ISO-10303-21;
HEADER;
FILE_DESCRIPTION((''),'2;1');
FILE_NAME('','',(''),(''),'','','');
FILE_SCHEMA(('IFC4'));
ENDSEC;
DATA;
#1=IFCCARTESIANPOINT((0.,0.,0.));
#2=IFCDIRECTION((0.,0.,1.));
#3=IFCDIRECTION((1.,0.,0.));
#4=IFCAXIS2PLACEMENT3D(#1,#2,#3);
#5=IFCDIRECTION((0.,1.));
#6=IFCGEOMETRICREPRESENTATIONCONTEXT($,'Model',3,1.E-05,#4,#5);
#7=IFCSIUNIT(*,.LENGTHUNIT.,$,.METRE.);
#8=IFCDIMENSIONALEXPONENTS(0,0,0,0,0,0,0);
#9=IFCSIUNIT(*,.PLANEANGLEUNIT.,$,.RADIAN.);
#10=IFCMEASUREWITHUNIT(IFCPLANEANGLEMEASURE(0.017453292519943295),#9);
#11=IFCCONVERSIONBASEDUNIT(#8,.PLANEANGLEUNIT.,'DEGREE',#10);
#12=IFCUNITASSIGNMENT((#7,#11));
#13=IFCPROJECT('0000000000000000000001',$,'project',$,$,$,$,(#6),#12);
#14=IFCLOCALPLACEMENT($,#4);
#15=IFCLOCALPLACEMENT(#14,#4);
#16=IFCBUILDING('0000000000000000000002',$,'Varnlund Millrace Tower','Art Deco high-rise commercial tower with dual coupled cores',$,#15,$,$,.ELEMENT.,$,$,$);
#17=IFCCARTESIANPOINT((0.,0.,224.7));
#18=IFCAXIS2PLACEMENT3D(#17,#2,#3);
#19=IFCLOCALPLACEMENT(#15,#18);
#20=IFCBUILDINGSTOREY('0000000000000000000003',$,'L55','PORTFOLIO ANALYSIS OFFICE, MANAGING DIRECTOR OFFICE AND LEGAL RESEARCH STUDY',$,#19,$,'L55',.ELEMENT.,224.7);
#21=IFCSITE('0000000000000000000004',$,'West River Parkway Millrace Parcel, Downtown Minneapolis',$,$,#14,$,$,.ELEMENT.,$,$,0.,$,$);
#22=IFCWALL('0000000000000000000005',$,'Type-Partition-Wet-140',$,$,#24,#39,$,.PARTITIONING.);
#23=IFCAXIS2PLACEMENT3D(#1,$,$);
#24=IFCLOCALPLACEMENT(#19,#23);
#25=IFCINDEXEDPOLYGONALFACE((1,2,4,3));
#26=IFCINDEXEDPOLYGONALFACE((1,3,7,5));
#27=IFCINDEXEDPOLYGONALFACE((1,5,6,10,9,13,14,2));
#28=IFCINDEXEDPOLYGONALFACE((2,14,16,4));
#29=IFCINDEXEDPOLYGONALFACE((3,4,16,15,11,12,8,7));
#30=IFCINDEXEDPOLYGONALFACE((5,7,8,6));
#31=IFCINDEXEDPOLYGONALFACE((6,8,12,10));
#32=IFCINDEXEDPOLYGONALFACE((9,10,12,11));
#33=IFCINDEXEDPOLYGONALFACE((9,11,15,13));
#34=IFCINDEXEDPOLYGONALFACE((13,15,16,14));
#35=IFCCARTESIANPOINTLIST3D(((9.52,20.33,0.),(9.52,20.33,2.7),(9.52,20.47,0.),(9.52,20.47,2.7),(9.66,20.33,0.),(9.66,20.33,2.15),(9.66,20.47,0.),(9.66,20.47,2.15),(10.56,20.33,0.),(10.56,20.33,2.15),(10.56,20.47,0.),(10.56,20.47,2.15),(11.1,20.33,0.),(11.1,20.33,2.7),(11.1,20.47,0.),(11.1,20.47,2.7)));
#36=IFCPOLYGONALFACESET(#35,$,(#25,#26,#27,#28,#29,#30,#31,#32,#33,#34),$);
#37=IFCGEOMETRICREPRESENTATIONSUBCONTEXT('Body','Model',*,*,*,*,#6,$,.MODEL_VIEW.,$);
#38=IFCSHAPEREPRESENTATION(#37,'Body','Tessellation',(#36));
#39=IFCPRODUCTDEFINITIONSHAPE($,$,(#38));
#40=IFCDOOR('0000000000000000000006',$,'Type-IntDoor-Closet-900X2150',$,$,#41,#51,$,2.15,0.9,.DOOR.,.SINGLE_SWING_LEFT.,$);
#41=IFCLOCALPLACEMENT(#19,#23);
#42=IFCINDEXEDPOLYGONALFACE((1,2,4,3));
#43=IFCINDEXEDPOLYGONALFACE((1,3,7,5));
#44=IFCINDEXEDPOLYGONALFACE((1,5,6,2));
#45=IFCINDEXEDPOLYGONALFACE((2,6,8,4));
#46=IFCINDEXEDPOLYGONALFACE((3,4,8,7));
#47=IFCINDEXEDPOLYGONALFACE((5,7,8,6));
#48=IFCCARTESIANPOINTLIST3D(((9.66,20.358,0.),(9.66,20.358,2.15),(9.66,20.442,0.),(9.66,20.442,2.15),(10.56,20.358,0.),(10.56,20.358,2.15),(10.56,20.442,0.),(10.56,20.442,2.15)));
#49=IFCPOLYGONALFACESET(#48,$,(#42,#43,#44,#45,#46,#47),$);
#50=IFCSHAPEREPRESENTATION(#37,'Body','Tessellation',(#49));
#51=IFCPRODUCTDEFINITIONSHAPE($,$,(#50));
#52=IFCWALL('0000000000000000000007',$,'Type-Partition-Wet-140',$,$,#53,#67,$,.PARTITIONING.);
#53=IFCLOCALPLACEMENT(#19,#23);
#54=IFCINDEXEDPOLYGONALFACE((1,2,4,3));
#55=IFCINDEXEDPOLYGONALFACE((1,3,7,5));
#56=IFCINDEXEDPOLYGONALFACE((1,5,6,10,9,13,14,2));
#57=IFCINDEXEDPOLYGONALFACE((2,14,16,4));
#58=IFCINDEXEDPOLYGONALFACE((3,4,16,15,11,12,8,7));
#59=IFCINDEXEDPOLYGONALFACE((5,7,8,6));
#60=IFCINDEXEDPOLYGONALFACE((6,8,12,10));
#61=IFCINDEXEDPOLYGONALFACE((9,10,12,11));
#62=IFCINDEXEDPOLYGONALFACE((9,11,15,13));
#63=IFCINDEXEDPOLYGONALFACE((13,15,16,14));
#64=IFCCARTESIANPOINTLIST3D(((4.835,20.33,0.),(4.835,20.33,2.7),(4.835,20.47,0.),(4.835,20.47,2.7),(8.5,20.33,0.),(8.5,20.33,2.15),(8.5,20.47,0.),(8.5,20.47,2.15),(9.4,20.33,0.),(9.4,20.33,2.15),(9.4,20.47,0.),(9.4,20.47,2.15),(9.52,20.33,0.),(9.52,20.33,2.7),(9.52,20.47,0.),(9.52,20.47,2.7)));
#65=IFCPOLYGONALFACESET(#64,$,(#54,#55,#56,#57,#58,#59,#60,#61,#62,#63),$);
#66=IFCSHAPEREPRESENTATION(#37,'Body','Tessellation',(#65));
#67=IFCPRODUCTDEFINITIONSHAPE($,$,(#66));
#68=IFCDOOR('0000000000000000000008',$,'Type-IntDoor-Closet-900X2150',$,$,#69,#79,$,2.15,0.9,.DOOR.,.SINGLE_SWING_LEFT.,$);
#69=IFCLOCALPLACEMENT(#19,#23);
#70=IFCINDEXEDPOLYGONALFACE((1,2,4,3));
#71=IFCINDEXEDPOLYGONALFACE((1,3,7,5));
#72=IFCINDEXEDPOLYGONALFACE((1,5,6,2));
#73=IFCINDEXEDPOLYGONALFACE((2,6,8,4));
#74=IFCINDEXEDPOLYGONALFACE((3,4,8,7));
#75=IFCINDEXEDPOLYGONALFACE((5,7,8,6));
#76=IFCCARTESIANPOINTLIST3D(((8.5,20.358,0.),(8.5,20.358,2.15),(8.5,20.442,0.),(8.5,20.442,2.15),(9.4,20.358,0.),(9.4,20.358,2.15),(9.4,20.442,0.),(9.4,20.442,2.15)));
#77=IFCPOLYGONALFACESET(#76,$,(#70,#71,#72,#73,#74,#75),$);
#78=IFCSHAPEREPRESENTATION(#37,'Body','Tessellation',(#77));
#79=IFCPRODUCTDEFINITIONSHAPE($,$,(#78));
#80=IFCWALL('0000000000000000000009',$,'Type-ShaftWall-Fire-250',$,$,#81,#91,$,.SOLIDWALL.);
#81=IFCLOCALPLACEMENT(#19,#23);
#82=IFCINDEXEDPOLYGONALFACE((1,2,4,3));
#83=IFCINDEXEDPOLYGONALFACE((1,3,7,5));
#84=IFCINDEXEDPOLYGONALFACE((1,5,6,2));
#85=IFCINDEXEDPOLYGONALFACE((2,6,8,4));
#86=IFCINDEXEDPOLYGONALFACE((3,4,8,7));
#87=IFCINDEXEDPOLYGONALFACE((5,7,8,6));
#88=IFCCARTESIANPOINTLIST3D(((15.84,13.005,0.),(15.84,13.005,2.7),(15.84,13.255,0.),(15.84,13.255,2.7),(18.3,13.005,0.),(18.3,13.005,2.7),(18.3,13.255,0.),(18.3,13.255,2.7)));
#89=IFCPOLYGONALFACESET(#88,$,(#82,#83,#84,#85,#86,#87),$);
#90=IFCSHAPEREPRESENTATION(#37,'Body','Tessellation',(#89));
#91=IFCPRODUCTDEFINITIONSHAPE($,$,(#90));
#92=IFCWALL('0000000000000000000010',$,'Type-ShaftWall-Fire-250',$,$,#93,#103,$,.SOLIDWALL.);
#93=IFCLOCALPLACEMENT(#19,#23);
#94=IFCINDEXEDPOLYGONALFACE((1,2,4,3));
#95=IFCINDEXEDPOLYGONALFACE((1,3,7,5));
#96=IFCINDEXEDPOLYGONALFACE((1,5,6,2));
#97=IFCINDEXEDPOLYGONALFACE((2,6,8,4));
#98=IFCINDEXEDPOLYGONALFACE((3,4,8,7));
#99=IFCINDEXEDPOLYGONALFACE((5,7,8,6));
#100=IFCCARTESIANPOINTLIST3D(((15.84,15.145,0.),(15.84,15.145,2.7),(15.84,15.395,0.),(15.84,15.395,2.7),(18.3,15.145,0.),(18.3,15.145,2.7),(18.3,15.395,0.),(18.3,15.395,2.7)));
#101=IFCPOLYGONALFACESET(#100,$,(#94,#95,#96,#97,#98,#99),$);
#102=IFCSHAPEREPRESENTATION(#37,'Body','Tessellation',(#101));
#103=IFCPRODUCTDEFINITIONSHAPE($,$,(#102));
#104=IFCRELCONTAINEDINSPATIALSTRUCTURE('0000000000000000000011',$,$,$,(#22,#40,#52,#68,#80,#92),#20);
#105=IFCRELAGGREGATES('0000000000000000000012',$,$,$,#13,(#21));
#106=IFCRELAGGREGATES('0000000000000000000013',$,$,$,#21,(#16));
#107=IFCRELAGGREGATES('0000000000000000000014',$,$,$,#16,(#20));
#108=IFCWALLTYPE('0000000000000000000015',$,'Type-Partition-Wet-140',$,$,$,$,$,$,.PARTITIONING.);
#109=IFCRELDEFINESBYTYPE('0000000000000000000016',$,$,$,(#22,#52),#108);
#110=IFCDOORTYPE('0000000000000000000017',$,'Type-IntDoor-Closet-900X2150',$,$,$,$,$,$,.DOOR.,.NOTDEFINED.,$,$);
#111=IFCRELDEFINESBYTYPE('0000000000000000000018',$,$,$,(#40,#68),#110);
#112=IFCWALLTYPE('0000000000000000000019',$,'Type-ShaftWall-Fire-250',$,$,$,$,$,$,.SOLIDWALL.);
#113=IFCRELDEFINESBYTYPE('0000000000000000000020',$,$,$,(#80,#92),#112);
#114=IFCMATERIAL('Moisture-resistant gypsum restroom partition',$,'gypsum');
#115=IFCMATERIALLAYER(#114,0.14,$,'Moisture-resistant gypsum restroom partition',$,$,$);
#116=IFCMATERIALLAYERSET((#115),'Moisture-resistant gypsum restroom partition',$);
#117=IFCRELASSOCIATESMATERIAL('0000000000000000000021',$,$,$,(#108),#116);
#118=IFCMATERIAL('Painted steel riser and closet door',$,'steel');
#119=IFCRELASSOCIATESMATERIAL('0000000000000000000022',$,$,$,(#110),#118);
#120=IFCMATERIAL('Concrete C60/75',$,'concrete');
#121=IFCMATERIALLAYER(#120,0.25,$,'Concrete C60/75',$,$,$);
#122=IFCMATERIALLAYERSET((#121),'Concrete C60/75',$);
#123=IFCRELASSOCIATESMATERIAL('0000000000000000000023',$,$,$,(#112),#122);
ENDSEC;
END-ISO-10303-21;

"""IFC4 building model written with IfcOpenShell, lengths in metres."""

from ifc_helpers import new_model, entity, si_unit, converted_unit, direction, frame, origin_with_axes, origin_2d_with_axis, place, context, subcontext, project, spatial, polyline, rectangle, outline, extrude, material, layer, layer_set, type_object, element, fill, save


model = new_model("IFC4")

# Units and contexts
model_context = context("Model", 3, precision=1e-05, world=origin_with_axes(), true_north=direction((0.0, 1.0)))
body_context = subcontext(model_context, "Body", "Model", "MODEL_VIEW")
ifc_project = project(units=[si_unit("LENGTHUNIT", "METRE"), converted_unit("PLANEANGLEUNIT", "DEGREE", entity("IfcPlaneAngleMeasure", 0.017453292519943295), si_unit("PLANEANGLEUNIT", "RADIAN"), dimensions=[0, 0, 0, 0, 0, 0, 0])], contexts=[model_context])

# Site, building, storey
site_placement = place(None, origin_with_axes())
site = spatial("IfcSite", under=ifc_project, at=site_placement, Name="West River Parkway Millrace Parcel, Downtown Minneapolis", CompositionType="ELEMENT", RefElevation=0.0)
building_placement = place(site_placement, origin_with_axes())
building = spatial("IfcBuilding", under=site, at=building_placement, Name="Varnlund Millrace Tower", Description="Art Deco high-rise commercial tower with dual coupled cores", CompositionType="ELEMENT")
storey_placement = place(building_placement, frame((0.0, 0.0, 224.7), z_axis=(0.0, 0.0, 1.0), x_axis=(1.0, 0.0, 0.0)))
storey = spatial("IfcBuildingStorey", under=building, at=storey_placement, Name="L55", Description="PORTFOLIO ANALYSIS OFFICE, MANAGING DIRECTOR OFFICE AND LEGAL RESEARCH STUDY", LongName="L55", CompositionType="ELEMENT", Elevation=224.7)

# Shared definitions
ifc_material_1 = material(Name="Moisture-resistant gypsum restroom partition", Category="gypsum")
ifc_layer_1 = layer(ifc_material_1, 0.14, Name="Moisture-resistant gypsum restroom partition")
ifc_layer_set_1 = layer_set([ifc_layer_1], Name="Moisture-resistant gypsum restroom partition")
wall_type_1 = type_object("IfcWallType", Name="Type-Partition-Wet-140", PredefinedType="PARTITIONING", material=ifc_layer_set_1)

# Walls, openings, doors
wall_1_placement = place(storey_placement, frame((9.52, 20.4, 0.0), z_axis=(0.0, 0.0, 1.0), x_axis=(1.0, 0.0, 0.0)))
wall_1 = element("IfcWall", 1, at=wall_1_placement, inside=storey, type_object=wall_type_1, Name="Type-Partition-Wet-140", PredefinedType="PARTITIONING", context=body_context, shape_type="SweptSolid", body=[
    extrude(outline(polyline([(0.0, -0.07), (1.58, -0.07), (1.58, 0.07), (0.0, 0.07), (0.0, -0.07)])), origin_with_axes(), (0.0, 0.0, 1.0), 2.7),
])
opening_1_placement = place(wall_1_placement, frame((0.59, 0.0, 0.0), z_axis=(0.0, 0.0, 1.0), x_axis=(1.0, 0.0, 0.0)))
opening_1 = element("IfcOpeningElement", 2, at=opening_1_placement, cuts=wall_1, PredefinedType="OPENING", context=body_context, shape_type="SweptSolid", body=[
    extrude(rectangle(XDim=0.9, YDim=0.16, at=origin_2d_with_axis()), origin_with_axes(), (0.0, 0.0, 1.0), 2.15),
])
ifc_material_2 = material(Name="Painted steel riser and closet door", Category="steel")
door_type_1 = type_object("IfcDoorType", Name="Type-IntDoor-Closet-900X2150", OperationType="NOTDEFINED", PredefinedType="DOOR", material=ifc_material_2)
door_1_placement = place(wall_1_placement, frame((0.59, 0.0, 0.0), z_axis=(0.0, 0.0, 1.0), x_axis=(1.0, 0.0, 0.0)))
door_1 = element("IfcDoor", 3, at=door_1_placement, inside=storey, type_object=door_type_1, Name="Type-IntDoor-Closet-900X2150", OperationType="SINGLE_SWING_LEFT", OverallHeight=2.15, OverallWidth=0.9, PredefinedType="DOOR", context=body_context, shape_type="SweptSolid", body=[
    extrude(rectangle(XDim=0.9, YDim=0.084, at=origin_2d_with_axis()), origin_with_axes(), (0.0, 0.0, 1.0), 2.15),
])
fill(opening_1, door_1)
wall_2_placement = place(storey_placement, frame((4.835, 20.4, 0.0), z_axis=(0.0, 0.0, 1.0), x_axis=(1.0, 0.0, 0.0)))
wall_2 = element("IfcWall", 4, at=wall_2_placement, inside=storey, type_object=wall_type_1, Name="Type-Partition-Wet-140", PredefinedType="PARTITIONING", context=body_context, shape_type="SweptSolid", body=[
    extrude(outline(polyline([(0.0, -0.07), (4.685, -0.07), (4.685, 0.07), (0.0, 0.07), (0.0, -0.07)])), origin_with_axes(), (0.0, 0.0, 1.0), 2.7),
])
opening_2_placement = place(wall_2_placement, frame((4.115, 0.0, 0.0), z_axis=(0.0, 0.0, 1.0), x_axis=(1.0, 0.0, 0.0)))
opening_2 = element("IfcOpeningElement", 5, at=opening_2_placement, cuts=wall_2, PredefinedType="OPENING", context=body_context, shape_type="SweptSolid", body=[
    extrude(rectangle(XDim=0.9, YDim=0.16, at=origin_2d_with_axis()), origin_with_axes(), (0.0, 0.0, 1.0), 2.15),
])
door_2_placement = place(wall_2_placement, frame((4.115, 0.0, 0.0), z_axis=(0.0, 0.0, 1.0), x_axis=(1.0, 0.0, 0.0)))
door_2 = element("IfcDoor", 6, at=door_2_placement, inside=storey, type_object=door_type_1, Name="Type-IntDoor-Closet-900X2150", OperationType="SINGLE_SWING_LEFT", OverallHeight=2.15, OverallWidth=0.9, PredefinedType="DOOR", context=body_context, shape_type="SweptSolid", body=[
    extrude(rectangle(XDim=0.9, YDim=0.084, at=origin_2d_with_axis()), origin_with_axes(), (0.0, 0.0, 1.0), 2.15),
])
fill(opening_2, door_2)

# Walls
ifc_material_3 = material(Name="Concrete C60/75", Category="concrete")
ifc_layer_2 = layer(ifc_material_3, 0.25, Name="Concrete C60/75")
ifc_layer_set_2 = layer_set([ifc_layer_2], Name="Concrete C60/75")
wall_type_2 = type_object("IfcWallType", Name="Type-ShaftWall-Fire-250", PredefinedType="SOLIDWALL", material=ifc_layer_set_2)
for number, where, z_axis, x_axis, name in (
    (7, (15.84, 13.13, 0.0), (0.0, 0.0, 1.0), (1.0, 0.0, 0.0), "Type-ShaftWall-Fire-250"),
    (8, (15.84, 15.27, 0.0), (0.0, 0.0, 1.0), (1.0, 0.0, 0.0), "Type-ShaftWall-Fire-250"),
):
    element("IfcWall", number, at=place(storey_placement, frame(where, z_axis=z_axis, x_axis=x_axis)), inside=storey, type_object=wall_type_2, Name=name, PredefinedType="SOLIDWALL", context=body_context, shape_type="SweptSolid", body=[
        extrude(outline(polyline([(0.0, -0.125), (2.46, -0.125), (2.46, 0.125), (0.0, 0.125), (0.0, -0.125)])), origin_with_axes(), (0.0, 0.0, 1.0), 2.7),
    ])

save(model, "model.ifc")
